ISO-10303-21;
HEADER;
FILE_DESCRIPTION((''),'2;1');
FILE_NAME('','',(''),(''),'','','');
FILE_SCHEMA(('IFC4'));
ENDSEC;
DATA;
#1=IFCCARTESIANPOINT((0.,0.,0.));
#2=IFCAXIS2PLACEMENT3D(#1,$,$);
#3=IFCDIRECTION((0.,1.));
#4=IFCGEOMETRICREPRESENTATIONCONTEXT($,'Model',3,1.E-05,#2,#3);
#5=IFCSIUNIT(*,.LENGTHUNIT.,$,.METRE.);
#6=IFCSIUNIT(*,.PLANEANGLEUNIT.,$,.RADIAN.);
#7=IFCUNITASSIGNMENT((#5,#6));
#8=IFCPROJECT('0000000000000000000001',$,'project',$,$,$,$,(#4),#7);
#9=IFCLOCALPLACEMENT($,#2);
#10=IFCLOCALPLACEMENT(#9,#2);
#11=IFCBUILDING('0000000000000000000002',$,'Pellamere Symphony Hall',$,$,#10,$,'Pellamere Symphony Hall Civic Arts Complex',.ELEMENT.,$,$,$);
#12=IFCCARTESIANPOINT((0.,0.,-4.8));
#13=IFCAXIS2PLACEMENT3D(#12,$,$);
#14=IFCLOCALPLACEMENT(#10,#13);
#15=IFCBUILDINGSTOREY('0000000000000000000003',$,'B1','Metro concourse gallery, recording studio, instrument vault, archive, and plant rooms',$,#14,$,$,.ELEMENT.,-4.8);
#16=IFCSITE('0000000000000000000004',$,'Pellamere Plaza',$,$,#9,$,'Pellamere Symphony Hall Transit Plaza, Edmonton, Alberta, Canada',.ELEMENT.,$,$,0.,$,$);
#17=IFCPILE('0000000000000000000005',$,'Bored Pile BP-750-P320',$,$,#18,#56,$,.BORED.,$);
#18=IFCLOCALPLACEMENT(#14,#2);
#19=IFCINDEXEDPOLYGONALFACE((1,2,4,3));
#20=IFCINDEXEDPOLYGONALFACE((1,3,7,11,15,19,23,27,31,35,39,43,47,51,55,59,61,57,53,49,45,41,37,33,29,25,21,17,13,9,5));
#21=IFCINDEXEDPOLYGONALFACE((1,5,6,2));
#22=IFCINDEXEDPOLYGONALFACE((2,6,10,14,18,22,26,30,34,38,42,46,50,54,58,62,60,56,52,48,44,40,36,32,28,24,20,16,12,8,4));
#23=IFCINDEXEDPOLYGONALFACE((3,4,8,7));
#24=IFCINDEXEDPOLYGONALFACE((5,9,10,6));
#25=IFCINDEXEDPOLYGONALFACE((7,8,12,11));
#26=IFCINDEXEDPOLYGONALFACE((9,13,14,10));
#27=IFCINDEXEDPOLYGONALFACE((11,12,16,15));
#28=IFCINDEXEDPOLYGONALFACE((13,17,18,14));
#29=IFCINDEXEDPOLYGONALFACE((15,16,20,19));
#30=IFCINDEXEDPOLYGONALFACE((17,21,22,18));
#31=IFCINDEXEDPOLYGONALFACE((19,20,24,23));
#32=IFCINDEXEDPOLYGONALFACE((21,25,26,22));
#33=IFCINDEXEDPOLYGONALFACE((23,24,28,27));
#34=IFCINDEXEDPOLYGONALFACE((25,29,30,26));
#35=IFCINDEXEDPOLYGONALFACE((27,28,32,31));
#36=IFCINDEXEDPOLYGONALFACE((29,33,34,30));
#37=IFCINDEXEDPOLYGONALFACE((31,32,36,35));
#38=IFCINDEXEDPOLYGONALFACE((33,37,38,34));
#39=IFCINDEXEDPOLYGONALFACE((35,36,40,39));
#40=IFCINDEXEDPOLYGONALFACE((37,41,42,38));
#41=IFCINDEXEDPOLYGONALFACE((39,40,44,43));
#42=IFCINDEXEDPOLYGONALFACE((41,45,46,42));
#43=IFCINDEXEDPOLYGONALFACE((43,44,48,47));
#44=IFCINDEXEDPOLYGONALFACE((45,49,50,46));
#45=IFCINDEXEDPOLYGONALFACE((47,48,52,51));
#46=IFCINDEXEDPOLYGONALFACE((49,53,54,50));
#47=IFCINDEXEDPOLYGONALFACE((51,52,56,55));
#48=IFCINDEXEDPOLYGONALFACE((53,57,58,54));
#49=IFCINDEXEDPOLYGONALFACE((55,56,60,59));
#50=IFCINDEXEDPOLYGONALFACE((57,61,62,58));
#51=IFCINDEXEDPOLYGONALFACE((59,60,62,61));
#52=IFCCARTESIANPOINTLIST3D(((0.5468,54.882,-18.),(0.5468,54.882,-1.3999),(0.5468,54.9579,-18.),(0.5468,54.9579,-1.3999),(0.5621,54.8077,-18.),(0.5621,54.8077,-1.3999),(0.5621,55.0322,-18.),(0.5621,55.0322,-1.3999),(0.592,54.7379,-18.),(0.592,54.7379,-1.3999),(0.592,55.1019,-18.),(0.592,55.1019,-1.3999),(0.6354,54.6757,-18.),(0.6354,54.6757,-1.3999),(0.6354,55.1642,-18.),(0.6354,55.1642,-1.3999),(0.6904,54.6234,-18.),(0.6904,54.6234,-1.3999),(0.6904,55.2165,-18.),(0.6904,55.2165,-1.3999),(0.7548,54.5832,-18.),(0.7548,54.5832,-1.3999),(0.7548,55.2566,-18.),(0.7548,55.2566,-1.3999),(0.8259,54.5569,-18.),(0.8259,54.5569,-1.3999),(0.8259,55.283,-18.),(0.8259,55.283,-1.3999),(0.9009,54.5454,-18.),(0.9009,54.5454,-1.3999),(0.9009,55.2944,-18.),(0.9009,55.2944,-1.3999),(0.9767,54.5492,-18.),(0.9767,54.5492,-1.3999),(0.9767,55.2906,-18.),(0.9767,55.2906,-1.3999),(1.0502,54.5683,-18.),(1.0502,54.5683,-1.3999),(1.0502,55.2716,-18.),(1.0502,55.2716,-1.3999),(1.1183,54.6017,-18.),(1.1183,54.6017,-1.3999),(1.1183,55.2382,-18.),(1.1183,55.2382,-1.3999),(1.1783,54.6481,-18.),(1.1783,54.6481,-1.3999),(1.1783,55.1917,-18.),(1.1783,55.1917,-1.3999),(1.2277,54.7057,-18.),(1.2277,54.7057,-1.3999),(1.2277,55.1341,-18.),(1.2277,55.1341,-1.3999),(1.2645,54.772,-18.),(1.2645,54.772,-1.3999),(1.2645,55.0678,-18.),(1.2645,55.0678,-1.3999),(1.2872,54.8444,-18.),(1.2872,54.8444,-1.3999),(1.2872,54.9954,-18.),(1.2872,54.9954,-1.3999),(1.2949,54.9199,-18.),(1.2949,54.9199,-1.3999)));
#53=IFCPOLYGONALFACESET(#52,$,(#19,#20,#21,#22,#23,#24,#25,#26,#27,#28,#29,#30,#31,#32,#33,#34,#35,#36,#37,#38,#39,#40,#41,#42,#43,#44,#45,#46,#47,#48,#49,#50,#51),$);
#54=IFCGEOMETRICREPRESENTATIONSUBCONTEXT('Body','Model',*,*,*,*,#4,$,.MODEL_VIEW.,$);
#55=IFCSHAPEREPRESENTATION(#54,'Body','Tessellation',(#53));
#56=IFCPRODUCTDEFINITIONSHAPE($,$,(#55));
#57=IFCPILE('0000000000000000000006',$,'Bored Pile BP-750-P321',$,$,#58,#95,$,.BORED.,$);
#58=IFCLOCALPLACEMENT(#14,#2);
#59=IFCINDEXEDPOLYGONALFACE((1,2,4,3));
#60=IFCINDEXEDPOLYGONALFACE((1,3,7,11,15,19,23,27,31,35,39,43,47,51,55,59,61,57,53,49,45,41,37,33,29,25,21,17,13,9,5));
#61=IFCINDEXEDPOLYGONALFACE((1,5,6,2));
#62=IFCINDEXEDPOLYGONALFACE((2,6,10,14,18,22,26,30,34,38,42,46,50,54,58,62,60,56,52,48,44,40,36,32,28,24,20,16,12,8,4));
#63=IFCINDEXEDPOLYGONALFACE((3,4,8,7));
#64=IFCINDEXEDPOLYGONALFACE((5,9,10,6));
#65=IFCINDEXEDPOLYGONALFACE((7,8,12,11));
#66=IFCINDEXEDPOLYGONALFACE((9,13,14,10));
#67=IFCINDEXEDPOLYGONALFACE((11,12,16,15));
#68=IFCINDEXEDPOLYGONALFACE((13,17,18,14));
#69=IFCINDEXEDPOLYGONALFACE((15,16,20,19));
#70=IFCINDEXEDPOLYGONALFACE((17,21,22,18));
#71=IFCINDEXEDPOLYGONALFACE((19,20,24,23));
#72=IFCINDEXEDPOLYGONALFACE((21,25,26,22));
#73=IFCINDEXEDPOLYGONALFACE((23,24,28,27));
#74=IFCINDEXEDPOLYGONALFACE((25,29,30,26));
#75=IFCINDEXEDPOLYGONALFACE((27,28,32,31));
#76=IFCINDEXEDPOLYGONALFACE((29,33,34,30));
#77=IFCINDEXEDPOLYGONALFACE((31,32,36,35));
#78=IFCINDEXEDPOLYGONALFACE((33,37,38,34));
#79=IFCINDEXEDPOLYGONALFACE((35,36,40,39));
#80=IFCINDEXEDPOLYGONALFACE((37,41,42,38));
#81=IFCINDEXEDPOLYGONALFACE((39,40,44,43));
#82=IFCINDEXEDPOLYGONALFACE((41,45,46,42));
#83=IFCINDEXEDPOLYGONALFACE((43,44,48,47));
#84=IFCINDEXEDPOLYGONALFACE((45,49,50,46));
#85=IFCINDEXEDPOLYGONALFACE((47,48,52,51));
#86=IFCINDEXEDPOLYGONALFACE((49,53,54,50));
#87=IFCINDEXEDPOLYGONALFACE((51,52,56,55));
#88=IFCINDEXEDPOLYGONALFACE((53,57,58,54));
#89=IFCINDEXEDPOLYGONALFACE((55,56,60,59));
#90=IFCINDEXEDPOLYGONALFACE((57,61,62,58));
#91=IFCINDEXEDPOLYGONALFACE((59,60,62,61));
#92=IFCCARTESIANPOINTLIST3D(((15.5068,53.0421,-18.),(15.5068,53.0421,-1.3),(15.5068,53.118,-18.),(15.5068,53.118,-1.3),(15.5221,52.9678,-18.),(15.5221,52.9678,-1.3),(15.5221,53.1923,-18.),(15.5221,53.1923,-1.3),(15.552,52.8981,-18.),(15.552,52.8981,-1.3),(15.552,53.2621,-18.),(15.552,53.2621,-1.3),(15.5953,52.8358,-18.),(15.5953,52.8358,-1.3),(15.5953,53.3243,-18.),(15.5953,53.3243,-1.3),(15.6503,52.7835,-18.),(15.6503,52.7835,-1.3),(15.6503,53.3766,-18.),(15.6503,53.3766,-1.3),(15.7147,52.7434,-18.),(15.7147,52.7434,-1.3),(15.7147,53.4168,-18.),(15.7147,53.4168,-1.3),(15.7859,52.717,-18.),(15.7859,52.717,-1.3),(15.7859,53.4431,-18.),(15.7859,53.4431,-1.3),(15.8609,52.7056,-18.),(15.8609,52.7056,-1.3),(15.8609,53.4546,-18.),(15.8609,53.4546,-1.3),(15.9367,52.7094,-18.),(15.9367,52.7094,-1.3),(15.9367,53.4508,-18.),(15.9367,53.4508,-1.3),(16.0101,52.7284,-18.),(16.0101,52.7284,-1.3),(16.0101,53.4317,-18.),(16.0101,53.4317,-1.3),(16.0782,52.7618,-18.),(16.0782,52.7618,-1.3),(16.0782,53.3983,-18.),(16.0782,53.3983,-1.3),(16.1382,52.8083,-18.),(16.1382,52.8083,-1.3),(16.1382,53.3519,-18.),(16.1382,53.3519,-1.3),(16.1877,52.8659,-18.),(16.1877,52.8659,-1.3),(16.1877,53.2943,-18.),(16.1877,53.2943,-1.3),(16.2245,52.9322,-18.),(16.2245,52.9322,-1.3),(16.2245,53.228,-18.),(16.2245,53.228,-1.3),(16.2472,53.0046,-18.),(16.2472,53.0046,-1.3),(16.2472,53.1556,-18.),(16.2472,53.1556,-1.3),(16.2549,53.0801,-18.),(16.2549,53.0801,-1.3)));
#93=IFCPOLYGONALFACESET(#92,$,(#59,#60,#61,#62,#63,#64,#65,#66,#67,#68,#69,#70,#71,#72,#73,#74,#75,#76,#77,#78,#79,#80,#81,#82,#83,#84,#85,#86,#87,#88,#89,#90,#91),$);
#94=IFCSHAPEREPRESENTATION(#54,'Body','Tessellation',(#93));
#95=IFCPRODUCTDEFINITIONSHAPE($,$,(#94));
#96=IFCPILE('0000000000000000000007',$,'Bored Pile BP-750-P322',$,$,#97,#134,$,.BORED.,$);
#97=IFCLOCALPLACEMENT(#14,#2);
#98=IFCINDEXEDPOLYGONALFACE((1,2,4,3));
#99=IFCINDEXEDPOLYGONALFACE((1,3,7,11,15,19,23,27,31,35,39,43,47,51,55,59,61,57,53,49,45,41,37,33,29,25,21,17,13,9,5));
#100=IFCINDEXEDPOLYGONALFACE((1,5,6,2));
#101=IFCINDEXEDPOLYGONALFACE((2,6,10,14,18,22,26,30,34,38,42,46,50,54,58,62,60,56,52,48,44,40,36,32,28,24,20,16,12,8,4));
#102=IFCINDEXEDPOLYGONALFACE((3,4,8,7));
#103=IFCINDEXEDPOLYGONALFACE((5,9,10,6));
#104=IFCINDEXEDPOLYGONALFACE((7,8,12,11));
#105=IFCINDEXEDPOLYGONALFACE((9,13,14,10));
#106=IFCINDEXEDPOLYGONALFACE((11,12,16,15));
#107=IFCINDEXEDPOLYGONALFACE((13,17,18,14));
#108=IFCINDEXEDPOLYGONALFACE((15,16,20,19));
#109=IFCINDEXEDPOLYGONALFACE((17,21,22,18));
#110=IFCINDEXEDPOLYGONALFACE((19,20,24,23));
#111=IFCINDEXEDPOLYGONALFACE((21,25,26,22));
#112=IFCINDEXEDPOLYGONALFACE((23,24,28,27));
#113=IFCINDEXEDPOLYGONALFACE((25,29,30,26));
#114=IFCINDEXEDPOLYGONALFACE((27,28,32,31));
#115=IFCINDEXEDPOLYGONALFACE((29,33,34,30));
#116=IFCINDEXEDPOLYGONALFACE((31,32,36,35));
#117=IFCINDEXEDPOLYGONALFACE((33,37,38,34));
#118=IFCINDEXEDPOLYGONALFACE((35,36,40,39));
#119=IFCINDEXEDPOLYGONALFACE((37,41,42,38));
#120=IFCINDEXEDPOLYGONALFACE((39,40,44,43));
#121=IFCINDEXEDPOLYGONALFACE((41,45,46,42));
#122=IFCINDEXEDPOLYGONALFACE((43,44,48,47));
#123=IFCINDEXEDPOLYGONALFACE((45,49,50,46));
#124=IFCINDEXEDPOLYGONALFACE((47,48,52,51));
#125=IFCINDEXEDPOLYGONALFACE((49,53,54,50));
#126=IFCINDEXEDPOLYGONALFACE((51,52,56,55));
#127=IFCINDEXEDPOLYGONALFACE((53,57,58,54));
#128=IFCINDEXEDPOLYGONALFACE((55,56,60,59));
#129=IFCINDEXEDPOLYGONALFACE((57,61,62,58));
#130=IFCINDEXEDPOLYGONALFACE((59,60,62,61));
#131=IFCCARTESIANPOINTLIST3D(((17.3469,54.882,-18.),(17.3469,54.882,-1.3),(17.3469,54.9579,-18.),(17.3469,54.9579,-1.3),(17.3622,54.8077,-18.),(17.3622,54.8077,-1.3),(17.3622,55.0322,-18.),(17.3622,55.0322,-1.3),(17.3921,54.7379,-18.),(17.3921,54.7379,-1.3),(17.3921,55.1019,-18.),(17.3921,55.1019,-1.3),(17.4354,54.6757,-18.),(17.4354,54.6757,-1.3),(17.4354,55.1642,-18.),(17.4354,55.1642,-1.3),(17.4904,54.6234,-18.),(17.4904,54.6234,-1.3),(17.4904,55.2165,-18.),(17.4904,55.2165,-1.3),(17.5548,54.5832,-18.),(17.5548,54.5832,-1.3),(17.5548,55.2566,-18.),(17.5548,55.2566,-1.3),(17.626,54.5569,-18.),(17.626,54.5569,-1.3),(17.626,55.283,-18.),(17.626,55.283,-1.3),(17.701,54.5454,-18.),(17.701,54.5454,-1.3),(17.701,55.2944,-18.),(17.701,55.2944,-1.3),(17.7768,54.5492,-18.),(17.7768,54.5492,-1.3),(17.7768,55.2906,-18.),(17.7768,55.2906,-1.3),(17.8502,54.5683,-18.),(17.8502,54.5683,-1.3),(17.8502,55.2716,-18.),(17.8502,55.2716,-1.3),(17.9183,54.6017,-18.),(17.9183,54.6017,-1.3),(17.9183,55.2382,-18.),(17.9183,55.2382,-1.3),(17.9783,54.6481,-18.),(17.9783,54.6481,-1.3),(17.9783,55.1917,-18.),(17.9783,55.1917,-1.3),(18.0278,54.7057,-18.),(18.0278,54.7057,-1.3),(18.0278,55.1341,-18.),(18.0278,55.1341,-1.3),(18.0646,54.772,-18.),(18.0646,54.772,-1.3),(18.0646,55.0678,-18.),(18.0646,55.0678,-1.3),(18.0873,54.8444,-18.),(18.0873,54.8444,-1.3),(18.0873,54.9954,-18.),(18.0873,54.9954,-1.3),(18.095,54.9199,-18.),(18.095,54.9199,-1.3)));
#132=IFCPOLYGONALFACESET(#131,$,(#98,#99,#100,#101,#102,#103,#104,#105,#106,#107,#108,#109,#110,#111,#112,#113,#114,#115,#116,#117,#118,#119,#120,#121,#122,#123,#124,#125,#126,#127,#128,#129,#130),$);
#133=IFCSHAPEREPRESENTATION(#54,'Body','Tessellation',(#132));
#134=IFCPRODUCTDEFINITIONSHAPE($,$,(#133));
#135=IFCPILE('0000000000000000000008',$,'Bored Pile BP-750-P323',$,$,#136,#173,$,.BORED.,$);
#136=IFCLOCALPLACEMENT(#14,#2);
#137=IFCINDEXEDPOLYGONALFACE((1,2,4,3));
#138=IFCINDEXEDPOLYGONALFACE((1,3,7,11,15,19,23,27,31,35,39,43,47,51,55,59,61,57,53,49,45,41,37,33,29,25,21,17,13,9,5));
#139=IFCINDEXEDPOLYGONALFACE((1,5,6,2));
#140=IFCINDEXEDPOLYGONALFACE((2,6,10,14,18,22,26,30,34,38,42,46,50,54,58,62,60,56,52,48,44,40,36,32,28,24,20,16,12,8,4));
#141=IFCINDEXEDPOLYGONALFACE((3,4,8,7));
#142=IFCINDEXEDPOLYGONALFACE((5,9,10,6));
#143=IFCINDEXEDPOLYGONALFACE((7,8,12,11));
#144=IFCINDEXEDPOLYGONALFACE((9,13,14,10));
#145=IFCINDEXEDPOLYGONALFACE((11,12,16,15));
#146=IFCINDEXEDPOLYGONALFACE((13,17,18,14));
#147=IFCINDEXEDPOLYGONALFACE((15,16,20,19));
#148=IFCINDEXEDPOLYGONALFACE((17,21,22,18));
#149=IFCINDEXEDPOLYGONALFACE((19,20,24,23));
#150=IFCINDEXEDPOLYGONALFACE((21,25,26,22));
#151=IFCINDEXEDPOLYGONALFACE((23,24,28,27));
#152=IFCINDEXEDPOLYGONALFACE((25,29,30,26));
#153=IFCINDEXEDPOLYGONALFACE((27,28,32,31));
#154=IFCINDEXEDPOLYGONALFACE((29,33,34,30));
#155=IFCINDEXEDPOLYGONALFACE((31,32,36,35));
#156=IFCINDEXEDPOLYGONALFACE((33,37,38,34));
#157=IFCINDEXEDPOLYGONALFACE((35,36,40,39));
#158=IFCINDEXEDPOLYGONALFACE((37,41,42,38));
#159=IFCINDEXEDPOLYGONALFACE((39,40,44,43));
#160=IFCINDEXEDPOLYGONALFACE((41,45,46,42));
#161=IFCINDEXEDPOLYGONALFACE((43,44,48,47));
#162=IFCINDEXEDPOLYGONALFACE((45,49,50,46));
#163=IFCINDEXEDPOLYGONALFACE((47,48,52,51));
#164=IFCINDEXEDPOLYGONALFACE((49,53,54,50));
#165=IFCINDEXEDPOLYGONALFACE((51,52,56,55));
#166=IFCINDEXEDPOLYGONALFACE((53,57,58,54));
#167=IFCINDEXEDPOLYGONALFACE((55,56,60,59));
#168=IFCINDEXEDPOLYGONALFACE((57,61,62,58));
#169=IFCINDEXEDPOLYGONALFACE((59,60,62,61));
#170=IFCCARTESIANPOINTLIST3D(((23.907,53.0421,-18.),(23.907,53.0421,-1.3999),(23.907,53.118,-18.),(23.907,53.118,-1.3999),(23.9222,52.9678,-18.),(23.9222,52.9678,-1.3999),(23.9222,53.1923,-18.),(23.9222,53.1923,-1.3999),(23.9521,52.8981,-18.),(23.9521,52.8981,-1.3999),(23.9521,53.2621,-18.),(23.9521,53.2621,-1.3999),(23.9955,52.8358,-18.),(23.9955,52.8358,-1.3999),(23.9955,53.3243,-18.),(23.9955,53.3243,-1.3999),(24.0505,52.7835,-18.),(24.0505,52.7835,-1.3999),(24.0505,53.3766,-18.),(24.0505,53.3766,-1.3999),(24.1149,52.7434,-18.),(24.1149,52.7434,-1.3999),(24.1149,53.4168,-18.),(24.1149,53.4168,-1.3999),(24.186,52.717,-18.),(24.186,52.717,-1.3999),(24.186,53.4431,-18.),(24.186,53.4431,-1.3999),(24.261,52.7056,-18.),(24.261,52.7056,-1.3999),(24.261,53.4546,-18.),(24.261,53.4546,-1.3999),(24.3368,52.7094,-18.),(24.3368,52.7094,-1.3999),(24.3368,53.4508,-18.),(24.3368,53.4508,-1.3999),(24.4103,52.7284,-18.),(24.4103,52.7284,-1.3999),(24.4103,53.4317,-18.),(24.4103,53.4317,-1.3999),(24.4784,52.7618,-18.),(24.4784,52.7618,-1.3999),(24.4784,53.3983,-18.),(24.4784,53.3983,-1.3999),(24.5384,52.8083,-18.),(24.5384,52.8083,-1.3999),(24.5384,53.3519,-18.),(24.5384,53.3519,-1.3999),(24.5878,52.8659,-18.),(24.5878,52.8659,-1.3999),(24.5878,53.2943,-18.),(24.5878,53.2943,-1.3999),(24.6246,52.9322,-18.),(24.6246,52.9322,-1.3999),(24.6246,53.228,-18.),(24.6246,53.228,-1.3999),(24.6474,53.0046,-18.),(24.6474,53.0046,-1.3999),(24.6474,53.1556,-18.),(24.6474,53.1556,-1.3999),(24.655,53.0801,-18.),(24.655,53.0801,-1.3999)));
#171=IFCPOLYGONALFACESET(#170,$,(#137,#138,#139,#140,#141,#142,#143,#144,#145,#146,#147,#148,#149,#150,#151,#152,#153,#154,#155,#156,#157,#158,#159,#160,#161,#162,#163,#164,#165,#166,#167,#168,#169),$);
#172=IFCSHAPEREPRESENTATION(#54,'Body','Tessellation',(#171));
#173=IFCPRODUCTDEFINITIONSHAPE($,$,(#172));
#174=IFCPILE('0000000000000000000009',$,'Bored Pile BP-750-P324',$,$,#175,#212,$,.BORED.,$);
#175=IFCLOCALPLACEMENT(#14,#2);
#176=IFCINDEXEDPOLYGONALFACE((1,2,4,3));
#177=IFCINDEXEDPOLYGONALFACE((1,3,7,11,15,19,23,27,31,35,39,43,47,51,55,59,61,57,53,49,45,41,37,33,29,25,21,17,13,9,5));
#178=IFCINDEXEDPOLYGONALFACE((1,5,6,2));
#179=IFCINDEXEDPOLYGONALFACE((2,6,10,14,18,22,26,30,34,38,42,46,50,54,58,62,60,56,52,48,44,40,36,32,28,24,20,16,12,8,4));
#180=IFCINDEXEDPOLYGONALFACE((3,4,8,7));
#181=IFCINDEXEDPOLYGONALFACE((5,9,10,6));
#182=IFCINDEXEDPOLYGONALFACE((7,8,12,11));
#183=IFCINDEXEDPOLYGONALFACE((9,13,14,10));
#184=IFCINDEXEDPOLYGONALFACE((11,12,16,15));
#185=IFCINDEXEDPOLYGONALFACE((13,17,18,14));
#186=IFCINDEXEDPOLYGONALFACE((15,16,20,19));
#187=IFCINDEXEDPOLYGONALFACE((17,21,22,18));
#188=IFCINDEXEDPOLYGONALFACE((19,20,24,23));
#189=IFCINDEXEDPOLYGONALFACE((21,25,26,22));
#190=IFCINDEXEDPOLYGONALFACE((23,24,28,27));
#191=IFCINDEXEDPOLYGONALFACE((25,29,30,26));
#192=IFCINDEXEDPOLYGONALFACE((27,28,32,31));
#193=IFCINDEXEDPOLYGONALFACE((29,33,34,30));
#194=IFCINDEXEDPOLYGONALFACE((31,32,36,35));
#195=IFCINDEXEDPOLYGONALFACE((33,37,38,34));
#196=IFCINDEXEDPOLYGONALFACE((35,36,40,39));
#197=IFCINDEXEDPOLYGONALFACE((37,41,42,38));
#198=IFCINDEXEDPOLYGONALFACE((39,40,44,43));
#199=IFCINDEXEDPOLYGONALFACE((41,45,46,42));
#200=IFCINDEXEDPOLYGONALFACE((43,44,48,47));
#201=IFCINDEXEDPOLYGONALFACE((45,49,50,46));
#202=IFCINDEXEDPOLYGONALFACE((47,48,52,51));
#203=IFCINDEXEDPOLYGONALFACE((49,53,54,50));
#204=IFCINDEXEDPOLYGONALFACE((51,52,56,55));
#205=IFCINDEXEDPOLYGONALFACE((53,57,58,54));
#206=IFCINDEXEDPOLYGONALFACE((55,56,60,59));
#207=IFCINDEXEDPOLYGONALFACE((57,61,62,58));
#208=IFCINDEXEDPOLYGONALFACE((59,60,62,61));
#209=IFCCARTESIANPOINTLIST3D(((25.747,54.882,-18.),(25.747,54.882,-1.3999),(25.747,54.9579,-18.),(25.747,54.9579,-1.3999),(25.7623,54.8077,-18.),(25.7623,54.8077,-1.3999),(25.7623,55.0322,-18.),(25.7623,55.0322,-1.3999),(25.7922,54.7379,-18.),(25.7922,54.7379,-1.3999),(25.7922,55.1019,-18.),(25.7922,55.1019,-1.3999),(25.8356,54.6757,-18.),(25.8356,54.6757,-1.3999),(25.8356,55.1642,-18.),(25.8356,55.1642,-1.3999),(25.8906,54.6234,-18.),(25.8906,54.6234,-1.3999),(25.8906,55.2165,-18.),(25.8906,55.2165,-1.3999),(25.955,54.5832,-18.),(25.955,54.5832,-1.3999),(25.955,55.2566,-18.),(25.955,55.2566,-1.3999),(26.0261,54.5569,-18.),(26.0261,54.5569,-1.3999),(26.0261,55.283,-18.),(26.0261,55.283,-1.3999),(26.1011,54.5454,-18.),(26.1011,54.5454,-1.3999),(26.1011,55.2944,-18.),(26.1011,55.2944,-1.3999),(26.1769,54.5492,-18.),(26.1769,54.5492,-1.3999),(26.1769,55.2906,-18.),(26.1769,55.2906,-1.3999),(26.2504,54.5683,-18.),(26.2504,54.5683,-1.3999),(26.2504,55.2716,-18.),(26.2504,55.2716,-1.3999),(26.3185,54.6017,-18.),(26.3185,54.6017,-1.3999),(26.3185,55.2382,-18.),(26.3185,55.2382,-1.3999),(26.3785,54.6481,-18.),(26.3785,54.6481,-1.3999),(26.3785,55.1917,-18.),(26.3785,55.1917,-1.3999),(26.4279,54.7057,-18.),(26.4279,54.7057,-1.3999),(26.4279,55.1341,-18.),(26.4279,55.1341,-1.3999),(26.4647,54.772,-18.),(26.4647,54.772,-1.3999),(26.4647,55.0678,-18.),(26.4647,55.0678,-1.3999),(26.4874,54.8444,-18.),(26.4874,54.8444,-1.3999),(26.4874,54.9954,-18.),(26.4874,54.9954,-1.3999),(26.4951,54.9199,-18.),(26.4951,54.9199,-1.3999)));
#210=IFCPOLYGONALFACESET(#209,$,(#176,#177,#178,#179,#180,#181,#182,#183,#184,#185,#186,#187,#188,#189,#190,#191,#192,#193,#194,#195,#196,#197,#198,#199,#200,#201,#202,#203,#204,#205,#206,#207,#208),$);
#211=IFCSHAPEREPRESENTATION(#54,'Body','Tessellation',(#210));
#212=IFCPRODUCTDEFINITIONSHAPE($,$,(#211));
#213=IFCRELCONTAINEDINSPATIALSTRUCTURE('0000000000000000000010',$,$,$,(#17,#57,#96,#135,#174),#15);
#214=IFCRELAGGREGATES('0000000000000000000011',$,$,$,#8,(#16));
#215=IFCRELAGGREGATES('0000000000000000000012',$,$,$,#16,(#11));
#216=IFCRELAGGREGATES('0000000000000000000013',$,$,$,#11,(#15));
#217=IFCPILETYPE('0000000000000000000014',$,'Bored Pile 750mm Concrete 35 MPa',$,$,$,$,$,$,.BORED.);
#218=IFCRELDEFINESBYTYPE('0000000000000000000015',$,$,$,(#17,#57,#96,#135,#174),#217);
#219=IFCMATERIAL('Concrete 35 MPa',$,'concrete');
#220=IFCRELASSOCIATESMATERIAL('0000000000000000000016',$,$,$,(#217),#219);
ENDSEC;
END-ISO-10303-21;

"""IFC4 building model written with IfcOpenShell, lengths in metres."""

from ifc_helpers import new_model, si_unit, direction, frame, origin, origin_2d, place, context, subcontext, project, spatial, circle, extrude, material, material_profile, profile_set, type_object, element, save


model = new_model("IFC4")

# Units and contexts
model_context = context("Model", 3, precision=1e-05, world=origin(), true_north=direction((0.0, 1.0)))
body_context = subcontext(model_context, "Body", "Model", "MODEL_VIEW")
ifc_project = project(units=[si_unit("LENGTHUNIT", "METRE"), si_unit("PLANEANGLEUNIT", "RADIAN")], contexts=[model_context])

# Site, building, storey
site_placement = place(None, origin())
site = spatial("IfcSite", under=ifc_project, at=site_placement, Name="Pellamere Plaza", LongName="Pellamere Symphony Hall Transit Plaza, Edmonton, Alberta, Canada", CompositionType="ELEMENT", RefElevation=0.0)
building_placement = place(site_placement, origin())
building = spatial("IfcBuilding", under=site, at=building_placement, Name="Pellamere Symphony Hall", LongName="Pellamere Symphony Hall Civic Arts Complex", CompositionType="ELEMENT")
storey_placement = place(building_placement, frame((0.0, 0.0, -4.8)))
storey = spatial("IfcBuildingStorey", under=building, at=storey_placement, Name="B1", Description="Metro concourse gallery, recording studio, instrument vault, archive, and plant rooms", CompositionType="ELEMENT", Elevation=-4.8)

# Piles
ifc_material_1 = material(Name="Concrete 35 MPa", Category="concrete")
ifc_material_profile_1 = material_profile(ifc_material_1, circle(Radius=0.375, at=origin_2d()), Name="PILE D750")
ifc_profile_set_1 = profile_set([ifc_material_profile_1], Name="Concrete 35 MPa")
pile_type = type_object("IfcPileType", Name="Bored Pile 750mm Concrete 35 MPa", PredefinedType="BORED", material=ifc_profile_set_1)
for number, where, z_axis, x_axis, name in (
    (1, (0.9199, 54.9199, -1.3999), (0.0, 0.0, -1.0), (1.0, 0.0, 0.0), "Bored Pile BP-750-P320"),
):
    element("IfcPile", number, at=place(storey_placement, frame(where, z_axis=z_axis, x_axis=x_axis)), inside=storey, type_object=pile_type, Name=name, PredefinedType="BORED", context=body_context, shape_type="SweptSolid", body=[
        extrude(circle(Radius=0.375, at=origin_2d()), origin(), (0.0, 0.0, 1.0), 16.6001),
    ])
for number, where, z_axis, x_axis, name in (
    (2, (15.8799, 53.0801, -1.3), (0.0, 0.0, -1.0), (1.0, 0.0, 0.0), "Bored Pile BP-750-P321"),
    (3, (17.72, 54.9199, -1.3), (0.0, 0.0, -1.0), (1.0, 0.0, 0.0), "Bored Pile BP-750-P322"),
):
    element("IfcPile", number, at=place(storey_placement, frame(where, z_axis=z_axis, x_axis=x_axis)), inside=storey, type_object=pile_type, Name=name, PredefinedType="BORED", context=body_context, shape_type="SweptSolid", body=[
        extrude(circle(Radius=0.375, at=origin_2d()), origin(), (0.0, 0.0, 1.0), 16.7),
    ])
for number, where, z_axis, x_axis, name in (
    (4, (24.28, 53.0801, -1.3999), (0.0, 0.0, -1.0), (1.0, 0.0, 0.0), "Bored Pile BP-750-P323"),
    (5, (26.1201, 54.9199, -1.3999), (0.0, 0.0, -1.0), (1.0, 0.0, 0.0), "Bored Pile BP-750-P324"),
):
    element("IfcPile", number, at=place(storey_placement, frame(where, z_axis=z_axis, x_axis=x_axis)), inside=storey, type_object=pile_type, Name=name, PredefinedType="BORED", context=body_context, shape_type="SweptSolid", body=[
        extrude(circle(Radius=0.375, at=origin_2d()), origin(), (0.0, 0.0, 1.0), 16.6001),
    ])

save(model, "model.ifc")
